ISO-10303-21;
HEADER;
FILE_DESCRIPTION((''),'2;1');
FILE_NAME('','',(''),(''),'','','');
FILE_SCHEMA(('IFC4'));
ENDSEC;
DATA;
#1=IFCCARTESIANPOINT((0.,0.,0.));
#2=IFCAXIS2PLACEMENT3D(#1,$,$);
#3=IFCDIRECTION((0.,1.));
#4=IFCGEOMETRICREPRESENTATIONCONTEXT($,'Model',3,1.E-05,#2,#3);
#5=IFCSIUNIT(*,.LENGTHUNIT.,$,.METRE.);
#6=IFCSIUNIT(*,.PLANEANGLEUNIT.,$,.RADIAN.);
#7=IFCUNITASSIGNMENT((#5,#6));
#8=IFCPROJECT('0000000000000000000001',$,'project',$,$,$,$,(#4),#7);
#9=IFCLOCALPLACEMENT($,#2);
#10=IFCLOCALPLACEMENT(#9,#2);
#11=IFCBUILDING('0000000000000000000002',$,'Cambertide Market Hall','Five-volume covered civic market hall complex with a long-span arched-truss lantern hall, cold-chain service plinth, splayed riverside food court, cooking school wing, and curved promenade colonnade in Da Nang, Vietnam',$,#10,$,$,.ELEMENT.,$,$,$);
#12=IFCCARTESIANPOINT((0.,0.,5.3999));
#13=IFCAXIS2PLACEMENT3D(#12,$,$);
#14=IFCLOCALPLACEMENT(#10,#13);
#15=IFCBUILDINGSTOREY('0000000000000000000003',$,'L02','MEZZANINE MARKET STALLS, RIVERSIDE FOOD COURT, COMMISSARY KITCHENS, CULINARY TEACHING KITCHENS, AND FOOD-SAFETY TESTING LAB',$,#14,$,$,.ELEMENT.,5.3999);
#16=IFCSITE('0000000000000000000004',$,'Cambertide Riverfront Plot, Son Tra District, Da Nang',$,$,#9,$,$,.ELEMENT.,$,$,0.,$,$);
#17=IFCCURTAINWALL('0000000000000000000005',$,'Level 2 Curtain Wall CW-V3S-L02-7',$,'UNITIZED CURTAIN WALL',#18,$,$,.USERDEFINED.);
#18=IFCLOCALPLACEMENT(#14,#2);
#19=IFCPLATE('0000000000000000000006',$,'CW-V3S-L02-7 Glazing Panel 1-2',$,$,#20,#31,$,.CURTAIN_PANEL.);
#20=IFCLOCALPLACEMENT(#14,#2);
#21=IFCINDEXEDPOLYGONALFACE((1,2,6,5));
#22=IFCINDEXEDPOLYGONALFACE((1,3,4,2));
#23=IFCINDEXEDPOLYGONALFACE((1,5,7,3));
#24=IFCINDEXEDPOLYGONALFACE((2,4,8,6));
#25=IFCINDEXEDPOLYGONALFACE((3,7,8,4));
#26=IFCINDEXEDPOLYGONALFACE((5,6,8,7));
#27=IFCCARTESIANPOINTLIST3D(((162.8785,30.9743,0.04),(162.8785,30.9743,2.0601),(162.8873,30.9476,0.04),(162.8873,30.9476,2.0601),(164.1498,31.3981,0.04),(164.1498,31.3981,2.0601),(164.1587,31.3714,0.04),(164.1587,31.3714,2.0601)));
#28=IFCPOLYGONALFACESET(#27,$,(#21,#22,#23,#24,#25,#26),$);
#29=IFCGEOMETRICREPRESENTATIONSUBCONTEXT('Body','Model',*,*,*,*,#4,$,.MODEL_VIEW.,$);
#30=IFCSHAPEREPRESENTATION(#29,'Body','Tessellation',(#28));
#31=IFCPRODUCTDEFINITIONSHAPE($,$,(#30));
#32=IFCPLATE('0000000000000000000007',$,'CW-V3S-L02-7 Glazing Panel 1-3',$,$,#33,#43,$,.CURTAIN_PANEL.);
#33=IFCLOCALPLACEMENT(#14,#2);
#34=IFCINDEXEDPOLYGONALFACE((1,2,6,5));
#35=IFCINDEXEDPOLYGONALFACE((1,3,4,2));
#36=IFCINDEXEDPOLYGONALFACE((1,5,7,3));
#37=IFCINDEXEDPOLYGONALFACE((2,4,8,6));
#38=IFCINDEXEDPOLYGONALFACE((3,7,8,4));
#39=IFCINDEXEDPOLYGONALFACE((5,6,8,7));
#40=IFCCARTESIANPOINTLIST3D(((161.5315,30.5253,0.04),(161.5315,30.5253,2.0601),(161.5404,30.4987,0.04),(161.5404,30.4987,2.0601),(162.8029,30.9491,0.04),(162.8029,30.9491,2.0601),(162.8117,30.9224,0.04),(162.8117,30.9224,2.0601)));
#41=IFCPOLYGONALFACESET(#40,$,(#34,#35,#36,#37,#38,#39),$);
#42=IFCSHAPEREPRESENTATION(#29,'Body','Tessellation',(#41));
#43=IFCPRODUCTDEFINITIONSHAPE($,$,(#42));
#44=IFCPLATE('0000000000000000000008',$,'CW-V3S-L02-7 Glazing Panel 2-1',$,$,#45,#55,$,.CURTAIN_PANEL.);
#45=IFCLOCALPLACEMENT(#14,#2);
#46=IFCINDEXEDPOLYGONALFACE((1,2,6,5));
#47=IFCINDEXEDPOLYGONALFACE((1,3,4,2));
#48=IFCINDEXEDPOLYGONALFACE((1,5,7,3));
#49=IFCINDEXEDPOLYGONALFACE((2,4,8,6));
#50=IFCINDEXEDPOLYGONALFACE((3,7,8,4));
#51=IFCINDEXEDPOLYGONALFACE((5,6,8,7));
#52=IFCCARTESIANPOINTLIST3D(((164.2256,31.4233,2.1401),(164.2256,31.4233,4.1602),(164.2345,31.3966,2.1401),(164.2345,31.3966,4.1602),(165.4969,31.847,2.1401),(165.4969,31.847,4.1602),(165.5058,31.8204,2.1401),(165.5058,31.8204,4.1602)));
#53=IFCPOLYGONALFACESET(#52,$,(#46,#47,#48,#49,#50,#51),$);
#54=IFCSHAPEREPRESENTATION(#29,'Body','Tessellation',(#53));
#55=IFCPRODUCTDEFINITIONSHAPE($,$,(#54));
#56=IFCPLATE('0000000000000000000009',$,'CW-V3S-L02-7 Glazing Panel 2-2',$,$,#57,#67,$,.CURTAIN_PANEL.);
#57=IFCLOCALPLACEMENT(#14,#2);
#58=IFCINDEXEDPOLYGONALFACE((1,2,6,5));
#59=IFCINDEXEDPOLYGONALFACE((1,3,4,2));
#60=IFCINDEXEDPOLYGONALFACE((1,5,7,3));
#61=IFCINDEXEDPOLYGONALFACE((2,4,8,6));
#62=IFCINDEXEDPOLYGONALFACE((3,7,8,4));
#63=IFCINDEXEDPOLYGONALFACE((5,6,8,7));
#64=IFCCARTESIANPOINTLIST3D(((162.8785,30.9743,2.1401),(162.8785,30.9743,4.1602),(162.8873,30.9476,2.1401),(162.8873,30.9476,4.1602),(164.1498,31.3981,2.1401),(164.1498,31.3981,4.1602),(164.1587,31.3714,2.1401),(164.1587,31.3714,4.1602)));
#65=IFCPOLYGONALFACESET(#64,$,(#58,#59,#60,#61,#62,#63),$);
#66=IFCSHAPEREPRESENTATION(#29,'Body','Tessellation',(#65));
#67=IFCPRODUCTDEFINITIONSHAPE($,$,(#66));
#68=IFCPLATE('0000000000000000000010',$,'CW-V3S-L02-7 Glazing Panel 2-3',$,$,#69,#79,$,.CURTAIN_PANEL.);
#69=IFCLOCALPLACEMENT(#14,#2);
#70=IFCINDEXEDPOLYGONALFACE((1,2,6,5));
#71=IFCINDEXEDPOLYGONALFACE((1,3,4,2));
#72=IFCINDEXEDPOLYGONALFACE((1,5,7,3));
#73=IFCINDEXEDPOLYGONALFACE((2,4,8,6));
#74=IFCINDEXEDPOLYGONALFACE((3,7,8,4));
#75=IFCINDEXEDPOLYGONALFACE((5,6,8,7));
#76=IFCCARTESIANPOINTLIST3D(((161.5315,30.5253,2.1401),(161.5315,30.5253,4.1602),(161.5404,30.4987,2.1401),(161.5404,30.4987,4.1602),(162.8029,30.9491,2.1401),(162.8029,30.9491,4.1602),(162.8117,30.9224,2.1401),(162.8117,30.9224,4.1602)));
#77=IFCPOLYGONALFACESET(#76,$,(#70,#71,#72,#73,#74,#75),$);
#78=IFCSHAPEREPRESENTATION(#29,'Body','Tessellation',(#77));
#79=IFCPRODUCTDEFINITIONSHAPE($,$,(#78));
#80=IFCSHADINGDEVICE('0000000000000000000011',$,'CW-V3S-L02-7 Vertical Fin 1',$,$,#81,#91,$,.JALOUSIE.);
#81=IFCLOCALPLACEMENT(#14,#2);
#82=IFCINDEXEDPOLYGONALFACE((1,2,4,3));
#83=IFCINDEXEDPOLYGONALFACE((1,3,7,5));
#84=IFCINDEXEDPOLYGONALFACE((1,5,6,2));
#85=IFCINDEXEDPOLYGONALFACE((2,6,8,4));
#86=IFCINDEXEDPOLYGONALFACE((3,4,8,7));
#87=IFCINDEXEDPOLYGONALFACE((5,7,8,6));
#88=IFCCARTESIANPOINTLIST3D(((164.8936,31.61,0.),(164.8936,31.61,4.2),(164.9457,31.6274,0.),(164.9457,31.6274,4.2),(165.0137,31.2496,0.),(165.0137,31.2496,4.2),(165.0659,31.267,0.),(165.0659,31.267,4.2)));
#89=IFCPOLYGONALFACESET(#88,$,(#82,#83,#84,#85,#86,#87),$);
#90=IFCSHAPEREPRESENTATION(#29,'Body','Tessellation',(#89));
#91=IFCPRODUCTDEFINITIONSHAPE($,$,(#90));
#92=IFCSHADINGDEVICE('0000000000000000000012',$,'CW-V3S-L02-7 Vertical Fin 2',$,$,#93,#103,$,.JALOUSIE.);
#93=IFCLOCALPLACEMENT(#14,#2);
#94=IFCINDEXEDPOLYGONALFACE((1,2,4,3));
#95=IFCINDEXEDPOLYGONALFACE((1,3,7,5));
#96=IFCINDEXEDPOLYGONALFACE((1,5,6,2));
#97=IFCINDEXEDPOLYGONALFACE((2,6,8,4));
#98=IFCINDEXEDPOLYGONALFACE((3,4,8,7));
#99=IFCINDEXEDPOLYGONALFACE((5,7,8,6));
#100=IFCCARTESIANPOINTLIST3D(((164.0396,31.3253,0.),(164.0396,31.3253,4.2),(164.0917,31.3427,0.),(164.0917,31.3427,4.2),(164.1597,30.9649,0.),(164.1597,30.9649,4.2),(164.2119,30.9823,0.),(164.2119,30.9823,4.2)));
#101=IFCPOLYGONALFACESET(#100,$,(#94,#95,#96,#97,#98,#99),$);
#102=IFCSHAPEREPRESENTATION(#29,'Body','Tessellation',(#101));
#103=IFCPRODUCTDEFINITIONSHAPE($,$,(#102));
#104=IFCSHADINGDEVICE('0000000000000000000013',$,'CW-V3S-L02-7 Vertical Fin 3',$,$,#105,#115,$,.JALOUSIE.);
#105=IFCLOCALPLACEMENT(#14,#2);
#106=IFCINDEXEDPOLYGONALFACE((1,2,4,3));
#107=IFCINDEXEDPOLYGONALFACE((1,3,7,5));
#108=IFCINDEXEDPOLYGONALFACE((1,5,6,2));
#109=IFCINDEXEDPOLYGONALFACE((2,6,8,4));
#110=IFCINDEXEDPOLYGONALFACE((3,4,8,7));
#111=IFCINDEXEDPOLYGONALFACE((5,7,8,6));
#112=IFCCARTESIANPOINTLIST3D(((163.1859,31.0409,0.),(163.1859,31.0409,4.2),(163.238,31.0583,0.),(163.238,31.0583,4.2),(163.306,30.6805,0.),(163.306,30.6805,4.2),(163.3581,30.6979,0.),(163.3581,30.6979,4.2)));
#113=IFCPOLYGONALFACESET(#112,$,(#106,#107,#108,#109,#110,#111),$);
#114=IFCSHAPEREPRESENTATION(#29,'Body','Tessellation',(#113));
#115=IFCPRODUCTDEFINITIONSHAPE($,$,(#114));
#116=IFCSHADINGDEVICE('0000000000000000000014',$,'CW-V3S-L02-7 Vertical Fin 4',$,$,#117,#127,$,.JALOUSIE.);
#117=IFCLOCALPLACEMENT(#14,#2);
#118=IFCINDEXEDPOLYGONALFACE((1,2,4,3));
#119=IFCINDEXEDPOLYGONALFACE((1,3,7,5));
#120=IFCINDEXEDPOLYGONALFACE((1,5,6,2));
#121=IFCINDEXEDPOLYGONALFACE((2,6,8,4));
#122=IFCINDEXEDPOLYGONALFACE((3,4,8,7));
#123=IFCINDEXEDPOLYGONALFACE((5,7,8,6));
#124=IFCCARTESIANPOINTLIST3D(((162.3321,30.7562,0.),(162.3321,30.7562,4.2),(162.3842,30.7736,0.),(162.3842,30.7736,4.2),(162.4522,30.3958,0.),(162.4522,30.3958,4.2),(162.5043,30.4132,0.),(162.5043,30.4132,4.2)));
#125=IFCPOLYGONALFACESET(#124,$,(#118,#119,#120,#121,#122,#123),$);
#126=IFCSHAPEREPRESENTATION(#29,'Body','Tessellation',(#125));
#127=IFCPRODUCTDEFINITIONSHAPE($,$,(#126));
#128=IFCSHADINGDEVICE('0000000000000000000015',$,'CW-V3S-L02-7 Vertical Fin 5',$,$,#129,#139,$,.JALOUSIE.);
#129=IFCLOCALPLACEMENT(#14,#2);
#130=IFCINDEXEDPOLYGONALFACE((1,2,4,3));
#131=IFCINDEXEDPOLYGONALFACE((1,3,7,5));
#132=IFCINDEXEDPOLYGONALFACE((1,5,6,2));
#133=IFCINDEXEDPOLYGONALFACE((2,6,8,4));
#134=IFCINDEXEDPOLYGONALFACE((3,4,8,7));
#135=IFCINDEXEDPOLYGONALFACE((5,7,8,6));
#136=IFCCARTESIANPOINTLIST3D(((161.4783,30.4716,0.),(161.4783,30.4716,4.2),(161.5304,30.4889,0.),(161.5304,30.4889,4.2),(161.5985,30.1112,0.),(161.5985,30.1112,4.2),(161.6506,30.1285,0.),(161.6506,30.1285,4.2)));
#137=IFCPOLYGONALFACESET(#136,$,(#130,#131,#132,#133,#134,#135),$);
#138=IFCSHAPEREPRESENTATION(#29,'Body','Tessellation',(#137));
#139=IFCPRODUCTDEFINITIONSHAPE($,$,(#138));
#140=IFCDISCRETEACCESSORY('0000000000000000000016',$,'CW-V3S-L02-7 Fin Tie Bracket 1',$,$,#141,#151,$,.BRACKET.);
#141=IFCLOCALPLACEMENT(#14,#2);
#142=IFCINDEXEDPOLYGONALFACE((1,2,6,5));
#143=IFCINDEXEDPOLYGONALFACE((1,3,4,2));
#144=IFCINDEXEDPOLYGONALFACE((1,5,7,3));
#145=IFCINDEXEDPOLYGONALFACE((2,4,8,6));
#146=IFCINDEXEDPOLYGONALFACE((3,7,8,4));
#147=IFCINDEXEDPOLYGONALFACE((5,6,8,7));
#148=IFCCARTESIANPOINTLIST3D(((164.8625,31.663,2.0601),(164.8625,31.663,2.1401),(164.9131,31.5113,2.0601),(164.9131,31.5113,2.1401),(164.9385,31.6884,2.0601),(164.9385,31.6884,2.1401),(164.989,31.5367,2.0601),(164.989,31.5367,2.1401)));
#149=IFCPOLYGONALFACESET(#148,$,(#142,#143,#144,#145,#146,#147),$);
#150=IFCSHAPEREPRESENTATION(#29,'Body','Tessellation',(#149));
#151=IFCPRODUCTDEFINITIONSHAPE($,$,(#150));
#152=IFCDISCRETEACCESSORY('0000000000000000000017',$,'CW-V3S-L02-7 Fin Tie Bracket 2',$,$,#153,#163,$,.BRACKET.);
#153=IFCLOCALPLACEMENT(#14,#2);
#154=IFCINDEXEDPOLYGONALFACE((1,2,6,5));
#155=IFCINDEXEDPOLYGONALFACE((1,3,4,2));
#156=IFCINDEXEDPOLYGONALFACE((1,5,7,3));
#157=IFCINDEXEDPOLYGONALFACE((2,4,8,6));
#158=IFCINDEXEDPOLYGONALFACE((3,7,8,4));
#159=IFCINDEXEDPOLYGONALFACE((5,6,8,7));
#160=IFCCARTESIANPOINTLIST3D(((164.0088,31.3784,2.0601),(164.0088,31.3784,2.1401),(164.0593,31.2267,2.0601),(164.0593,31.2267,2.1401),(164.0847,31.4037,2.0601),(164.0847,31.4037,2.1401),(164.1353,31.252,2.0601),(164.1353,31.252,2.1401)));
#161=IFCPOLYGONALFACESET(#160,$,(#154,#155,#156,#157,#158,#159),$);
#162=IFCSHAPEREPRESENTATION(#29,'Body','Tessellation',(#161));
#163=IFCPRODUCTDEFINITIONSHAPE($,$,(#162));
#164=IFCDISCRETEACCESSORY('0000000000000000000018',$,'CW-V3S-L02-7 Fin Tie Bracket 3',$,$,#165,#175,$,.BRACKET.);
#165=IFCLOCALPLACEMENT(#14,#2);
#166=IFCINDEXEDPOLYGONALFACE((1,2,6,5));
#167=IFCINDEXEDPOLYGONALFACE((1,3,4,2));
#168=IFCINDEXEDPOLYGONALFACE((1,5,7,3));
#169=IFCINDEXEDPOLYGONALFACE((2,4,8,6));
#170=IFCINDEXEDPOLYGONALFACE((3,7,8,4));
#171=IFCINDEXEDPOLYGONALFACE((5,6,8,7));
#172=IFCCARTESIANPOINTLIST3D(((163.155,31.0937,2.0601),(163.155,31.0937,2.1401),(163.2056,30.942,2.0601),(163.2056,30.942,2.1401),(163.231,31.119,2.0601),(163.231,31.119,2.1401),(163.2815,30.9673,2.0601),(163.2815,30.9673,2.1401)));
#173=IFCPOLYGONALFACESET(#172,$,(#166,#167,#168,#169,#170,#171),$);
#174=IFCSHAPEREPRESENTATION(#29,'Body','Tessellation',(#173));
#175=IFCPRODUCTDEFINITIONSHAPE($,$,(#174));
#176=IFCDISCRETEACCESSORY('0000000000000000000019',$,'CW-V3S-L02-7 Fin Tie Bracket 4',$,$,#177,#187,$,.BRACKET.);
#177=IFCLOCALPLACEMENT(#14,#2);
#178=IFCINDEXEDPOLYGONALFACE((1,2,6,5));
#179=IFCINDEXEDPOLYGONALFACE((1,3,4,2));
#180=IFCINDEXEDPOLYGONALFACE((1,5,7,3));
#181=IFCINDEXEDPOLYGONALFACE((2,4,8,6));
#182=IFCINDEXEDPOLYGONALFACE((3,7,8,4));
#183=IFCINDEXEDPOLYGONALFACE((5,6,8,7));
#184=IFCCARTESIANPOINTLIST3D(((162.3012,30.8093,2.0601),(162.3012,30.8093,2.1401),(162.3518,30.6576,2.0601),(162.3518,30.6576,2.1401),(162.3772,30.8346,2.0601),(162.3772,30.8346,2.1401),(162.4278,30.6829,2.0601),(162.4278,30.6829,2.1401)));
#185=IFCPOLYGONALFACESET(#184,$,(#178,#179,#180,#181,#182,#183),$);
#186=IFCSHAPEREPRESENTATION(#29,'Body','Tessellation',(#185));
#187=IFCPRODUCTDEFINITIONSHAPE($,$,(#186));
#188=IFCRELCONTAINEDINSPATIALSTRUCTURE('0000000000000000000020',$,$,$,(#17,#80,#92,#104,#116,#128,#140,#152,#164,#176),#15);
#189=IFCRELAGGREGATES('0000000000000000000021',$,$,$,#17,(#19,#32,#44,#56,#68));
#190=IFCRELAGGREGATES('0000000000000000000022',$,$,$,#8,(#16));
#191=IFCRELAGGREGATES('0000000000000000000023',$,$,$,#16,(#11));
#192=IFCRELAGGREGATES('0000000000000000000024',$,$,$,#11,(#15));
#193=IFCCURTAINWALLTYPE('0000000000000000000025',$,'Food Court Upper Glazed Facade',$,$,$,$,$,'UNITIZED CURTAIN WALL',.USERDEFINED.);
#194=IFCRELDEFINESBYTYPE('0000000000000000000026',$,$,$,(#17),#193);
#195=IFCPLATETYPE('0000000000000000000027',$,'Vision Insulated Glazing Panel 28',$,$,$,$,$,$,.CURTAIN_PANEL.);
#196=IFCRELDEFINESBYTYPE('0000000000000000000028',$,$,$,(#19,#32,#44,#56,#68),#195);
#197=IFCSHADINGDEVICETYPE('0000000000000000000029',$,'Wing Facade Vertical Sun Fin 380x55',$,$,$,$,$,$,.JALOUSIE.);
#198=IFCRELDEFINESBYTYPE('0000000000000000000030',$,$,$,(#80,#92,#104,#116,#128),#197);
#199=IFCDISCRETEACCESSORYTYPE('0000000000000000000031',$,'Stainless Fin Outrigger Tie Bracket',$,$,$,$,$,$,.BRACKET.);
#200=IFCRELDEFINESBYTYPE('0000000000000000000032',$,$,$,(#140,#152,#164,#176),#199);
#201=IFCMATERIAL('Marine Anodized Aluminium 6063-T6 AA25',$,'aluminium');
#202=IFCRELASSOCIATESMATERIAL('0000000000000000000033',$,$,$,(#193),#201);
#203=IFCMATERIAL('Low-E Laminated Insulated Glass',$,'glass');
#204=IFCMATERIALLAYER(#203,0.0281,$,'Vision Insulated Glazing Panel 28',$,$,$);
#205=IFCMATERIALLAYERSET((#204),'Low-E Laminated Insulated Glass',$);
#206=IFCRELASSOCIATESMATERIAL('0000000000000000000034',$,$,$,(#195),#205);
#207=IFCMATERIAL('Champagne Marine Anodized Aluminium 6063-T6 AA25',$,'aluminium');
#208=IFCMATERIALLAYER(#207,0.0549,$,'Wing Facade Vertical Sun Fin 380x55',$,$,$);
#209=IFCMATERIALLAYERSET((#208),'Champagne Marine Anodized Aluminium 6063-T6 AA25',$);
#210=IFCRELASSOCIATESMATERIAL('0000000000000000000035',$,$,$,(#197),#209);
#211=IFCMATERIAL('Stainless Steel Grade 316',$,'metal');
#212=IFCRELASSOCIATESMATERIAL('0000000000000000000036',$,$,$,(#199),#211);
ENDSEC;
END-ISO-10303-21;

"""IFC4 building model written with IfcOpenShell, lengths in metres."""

from ifc_helpers import new_model, si_unit, direction, frame, origin, origin_2d, place, context, subcontext, project, spatial, rectangle, extrude, material, layer, layer_set, type_object, element, aggregate, save


model = new_model("IFC4")

# Units and contexts
model_context = context("Model", 3, precision=1e-05, world=origin(), true_north=direction((0.0, 1.0)))
body_context = subcontext(model_context, "Body", "Model", "MODEL_VIEW")
ifc_project = project(units=[si_unit("LENGTHUNIT", "METRE"), si_unit("PLANEANGLEUNIT", "RADIAN")], contexts=[model_context])

# Site, building, storey
site_placement = place(None, origin())
site = spatial("IfcSite", under=ifc_project, at=site_placement, Name="Cambertide Riverfront Plot, Son Tra District, Da Nang", CompositionType="ELEMENT", RefElevation=0.0)
building_placement = place(site_placement, origin())
building = spatial("IfcBuilding", under=site, at=building_placement, Name="Cambertide Market Hall", Description="Five-volume covered civic market hall complex with a long-span arched-truss lantern hall, cold-chain service plinth, splayed riverside food court, cooking school wing, and curved promenade colonnade in Da Nang, Vietnam", CompositionType="ELEMENT")
storey_placement = place(building_placement, frame((0.0, 0.0, 5.3999)))
storey = spatial("IfcBuildingStorey", under=building, at=storey_placement, Name="L02", Description="MEZZANINE MARKET STALLS, RIVERSIDE FOOD COURT, COMMISSARY KITCHENS, CULINARY TEACHING KITCHENS, AND FOOD-SAFETY TESTING LAB", CompositionType="ELEMENT", Elevation=5.3999)

# Curtain wall
ifc_material_1 = material(Name="Marine Anodized Aluminium 6063-T6 AA25", Category="aluminium")
curtain_wall_type = type_object("IfcCurtainWallType", Name="Food Court Upper Glazed Facade", ElementType="UNITIZED CURTAIN WALL", PredefinedType="USERDEFINED", material=ifc_material_1)
curtain_wall_placement = place(storey_placement, origin())
curtain_wall = element("IfcCurtainWall", 1, at=curtain_wall_placement, inside=storey, type_object=curtain_wall_type, Name="Level 2 Curtain Wall CW-V3S-L02-7", ObjectType="UNITIZED CURTAIN WALL", PredefinedType="USERDEFINED")

# Plates
ifc_material_2 = material(Name="Low-E Laminated Insulated Glass", Category="glass")
ifc_layer_1 = layer(ifc_material_2, 0.0281, Name="Vision Insulated Glazing Panel 28")
ifc_layer_set_1 = layer_set([ifc_layer_1], Name="Low-E Laminated Insulated Glass")
plate_type = type_object("IfcPlateType", Name="Vision Insulated Glazing Panel 28", PredefinedType="CURTAIN_PANEL", material=ifc_layer_set_1)
plate_1_placement = place(storey_placement, frame((163.5186, 31.1729, 0.04), z_axis=(0.0, 0.0, 1.0), x_axis=(-0.948683, -0.316228, 0.0)))
plate_1 = element("IfcPlate", 2, at=plate_1_placement, type_object=plate_type, Name="CW-V3S-L02-7 Glazing Panel 1-2", PredefinedType="CURTAIN_PANEL", context=body_context, shape_type="SweptSolid", body=[
    extrude(rectangle(XDim=1.3401, YDim=0.0281, at=origin_2d()), origin(), (0.0, 0.0, 1.0), 2.02),
])
plate_2_placement = place(storey_placement, frame((162.1716, 30.7239, 0.04), z_axis=(0.0, 0.0, 1.0), x_axis=(-0.948683, -0.316228, 0.0)))
plate_2 = element("IfcPlate", 3, at=plate_2_placement, type_object=plate_type, Name="CW-V3S-L02-7 Glazing Panel 1-3", PredefinedType="CURTAIN_PANEL", context=body_context, shape_type="SweptSolid", body=[
    extrude(rectangle(XDim=1.3401, YDim=0.0281, at=origin_2d()), origin(), (0.0, 0.0, 1.0), 2.02),
])
plate_3_placement = place(storey_placement, frame((164.8657, 31.6218, 2.1401), z_axis=(0.0, 0.0, 1.0), x_axis=(-0.948683, -0.316228, 0.0)))
plate_3 = element("IfcPlate", 4, at=plate_3_placement, type_object=plate_type, Name="CW-V3S-L02-7 Glazing Panel 2-1", PredefinedType="CURTAIN_PANEL", context=body_context, shape_type="SweptSolid", body=[
    extrude(rectangle(XDim=1.3401, YDim=0.0281, at=origin_2d()), origin(), (0.0, 0.0, 1.0), 2.02),
])
plate_4_placement = place(storey_placement, frame((163.5186, 31.1729, 2.1401), z_axis=(0.0, 0.0, 1.0), x_axis=(-0.948683, -0.316228, 0.0)))
plate_4 = element("IfcPlate", 5, at=plate_4_placement, type_object=plate_type, Name="CW-V3S-L02-7 Glazing Panel 2-2", PredefinedType="CURTAIN_PANEL", context=body_context, shape_type="SweptSolid", body=[
    extrude(rectangle(XDim=1.3401, YDim=0.0281, at=origin_2d()), origin(), (0.0, 0.0, 1.0), 2.02),
])
plate_5_placement = place(storey_placement, frame((162.1716, 30.7239, 2.1401), z_axis=(0.0, 0.0, 1.0), x_axis=(-0.948683, -0.316228, 0.0)))
plate_5 = element("IfcPlate", 6, at=plate_5_placement, type_object=plate_type, Name="CW-V3S-L02-7 Glazing Panel 2-3", PredefinedType="CURTAIN_PANEL", context=body_context, shape_type="SweptSolid", body=[
    extrude(rectangle(XDim=1.3401, YDim=0.0281, at=origin_2d()), origin(), (0.0, 0.0, 1.0), 2.02),
])
aggregate(curtain_wall, [plate_1, plate_2, plate_3, plate_4, plate_5])

# Shading devices
ifc_material_3 = material(Name="Champagne Marine Anodized Aluminium 6063-T6 AA25", Category="aluminium")
ifc_layer_2 = layer(ifc_material_3, 0.0549, Name="Wing Facade Vertical Sun Fin 380x55")
ifc_layer_set_2 = layer_set([ifc_layer_2], Name="Champagne Marine Anodized Aluminium 6063-T6 AA25")
shading_device_type = type_object("IfcShadingDeviceType", Name="Wing Facade Vertical Sun Fin 380x55", PredefinedType="JALOUSIE", material=ifc_layer_set_2)
for number, where, z_axis, x_axis, name in (
    (7, (164.9797, 31.4385, 0.0), (0.0, 0.0, 1.0), (-0.948683, -0.316228, 0.0), "CW-V3S-L02-7 Vertical Fin 1"),
    (8, (164.1257, 31.1538, 0.0), (0.0, 0.0, 1.0), (-0.948683, -0.316228, 0.0), "CW-V3S-L02-7 Vertical Fin 2"),
    (9, (163.272, 30.8694, 0.0), (0.0, 0.0, 1.0), (-0.948683, -0.316228, 0.0), "CW-V3S-L02-7 Vertical Fin 3"),
    (10, (162.4182, 30.5847, 0.0), (0.0, 0.0, 1.0), (-0.948683, -0.316228, 0.0), "CW-V3S-L02-7 Vertical Fin 4"),
    (11, (161.5645, 30.3, 0.0), (0.0, 0.0, 1.0), (-0.948683, -0.316228, 0.0), "CW-V3S-L02-7 Vertical Fin 5"),
):
    element("IfcShadingDevice", number, at=place(storey_placement, frame(where, z_axis=z_axis, x_axis=x_axis)), inside=storey, type_object=shading_device_type, Name=name, PredefinedType="JALOUSIE", context=body_context, shape_type="SweptSolid", body=[
        extrude(rectangle(XDim=0.0549, YDim=0.3799, at=origin_2d()), origin(), (0.0, 0.0, 1.0), 4.2),
    ])

# Discrete accessories
ifc_material_4 = material(Name="Stainless Steel Grade 316", Category="metal")
discrete_accessory_type = type_object("IfcDiscreteAccessoryType", Name="Stainless Fin Outrigger Tie Bracket", PredefinedType="BRACKET", material=ifc_material_4)
for number, where, z_axis, x_axis, name in (
    (12, (164.9258, 31.5999, 2.0601), (0.0, 0.0, 1.0), (-0.948683, -0.316228, 0.0), "CW-V3S-L02-7 Fin Tie Bracket 1"),
    (13, (164.072, 31.3152, 2.0601), (0.0, 0.0, 1.0), (-0.948683, -0.316228, 0.0), "CW-V3S-L02-7 Fin Tie Bracket 2"),
    (14, (163.2183, 31.0305, 2.0601), (0.0, 0.0, 1.0), (-0.948683, -0.316228, 0.0), "CW-V3S-L02-7 Fin Tie Bracket 3"),
    (15, (162.3645, 30.7461, 2.0601), (0.0, 0.0, 1.0), (-0.948683, -0.316228, 0.0), "CW-V3S-L02-7 Fin Tie Bracket 4"),
):
    element("IfcDiscreteAccessory", number, at=place(storey_placement, frame(where, z_axis=z_axis, x_axis=x_axis)), inside=storey, type_object=discrete_accessory_type, Name=name, PredefinedType="BRACKET", context=body_context, shape_type="SweptSolid", body=[
        extrude(rectangle(XDim=0.0801, YDim=0.1599, at=origin_2d()), origin(), (0.0, 0.0, 1.0), 0.0801),
    ])

save(model, "model.ifc")
